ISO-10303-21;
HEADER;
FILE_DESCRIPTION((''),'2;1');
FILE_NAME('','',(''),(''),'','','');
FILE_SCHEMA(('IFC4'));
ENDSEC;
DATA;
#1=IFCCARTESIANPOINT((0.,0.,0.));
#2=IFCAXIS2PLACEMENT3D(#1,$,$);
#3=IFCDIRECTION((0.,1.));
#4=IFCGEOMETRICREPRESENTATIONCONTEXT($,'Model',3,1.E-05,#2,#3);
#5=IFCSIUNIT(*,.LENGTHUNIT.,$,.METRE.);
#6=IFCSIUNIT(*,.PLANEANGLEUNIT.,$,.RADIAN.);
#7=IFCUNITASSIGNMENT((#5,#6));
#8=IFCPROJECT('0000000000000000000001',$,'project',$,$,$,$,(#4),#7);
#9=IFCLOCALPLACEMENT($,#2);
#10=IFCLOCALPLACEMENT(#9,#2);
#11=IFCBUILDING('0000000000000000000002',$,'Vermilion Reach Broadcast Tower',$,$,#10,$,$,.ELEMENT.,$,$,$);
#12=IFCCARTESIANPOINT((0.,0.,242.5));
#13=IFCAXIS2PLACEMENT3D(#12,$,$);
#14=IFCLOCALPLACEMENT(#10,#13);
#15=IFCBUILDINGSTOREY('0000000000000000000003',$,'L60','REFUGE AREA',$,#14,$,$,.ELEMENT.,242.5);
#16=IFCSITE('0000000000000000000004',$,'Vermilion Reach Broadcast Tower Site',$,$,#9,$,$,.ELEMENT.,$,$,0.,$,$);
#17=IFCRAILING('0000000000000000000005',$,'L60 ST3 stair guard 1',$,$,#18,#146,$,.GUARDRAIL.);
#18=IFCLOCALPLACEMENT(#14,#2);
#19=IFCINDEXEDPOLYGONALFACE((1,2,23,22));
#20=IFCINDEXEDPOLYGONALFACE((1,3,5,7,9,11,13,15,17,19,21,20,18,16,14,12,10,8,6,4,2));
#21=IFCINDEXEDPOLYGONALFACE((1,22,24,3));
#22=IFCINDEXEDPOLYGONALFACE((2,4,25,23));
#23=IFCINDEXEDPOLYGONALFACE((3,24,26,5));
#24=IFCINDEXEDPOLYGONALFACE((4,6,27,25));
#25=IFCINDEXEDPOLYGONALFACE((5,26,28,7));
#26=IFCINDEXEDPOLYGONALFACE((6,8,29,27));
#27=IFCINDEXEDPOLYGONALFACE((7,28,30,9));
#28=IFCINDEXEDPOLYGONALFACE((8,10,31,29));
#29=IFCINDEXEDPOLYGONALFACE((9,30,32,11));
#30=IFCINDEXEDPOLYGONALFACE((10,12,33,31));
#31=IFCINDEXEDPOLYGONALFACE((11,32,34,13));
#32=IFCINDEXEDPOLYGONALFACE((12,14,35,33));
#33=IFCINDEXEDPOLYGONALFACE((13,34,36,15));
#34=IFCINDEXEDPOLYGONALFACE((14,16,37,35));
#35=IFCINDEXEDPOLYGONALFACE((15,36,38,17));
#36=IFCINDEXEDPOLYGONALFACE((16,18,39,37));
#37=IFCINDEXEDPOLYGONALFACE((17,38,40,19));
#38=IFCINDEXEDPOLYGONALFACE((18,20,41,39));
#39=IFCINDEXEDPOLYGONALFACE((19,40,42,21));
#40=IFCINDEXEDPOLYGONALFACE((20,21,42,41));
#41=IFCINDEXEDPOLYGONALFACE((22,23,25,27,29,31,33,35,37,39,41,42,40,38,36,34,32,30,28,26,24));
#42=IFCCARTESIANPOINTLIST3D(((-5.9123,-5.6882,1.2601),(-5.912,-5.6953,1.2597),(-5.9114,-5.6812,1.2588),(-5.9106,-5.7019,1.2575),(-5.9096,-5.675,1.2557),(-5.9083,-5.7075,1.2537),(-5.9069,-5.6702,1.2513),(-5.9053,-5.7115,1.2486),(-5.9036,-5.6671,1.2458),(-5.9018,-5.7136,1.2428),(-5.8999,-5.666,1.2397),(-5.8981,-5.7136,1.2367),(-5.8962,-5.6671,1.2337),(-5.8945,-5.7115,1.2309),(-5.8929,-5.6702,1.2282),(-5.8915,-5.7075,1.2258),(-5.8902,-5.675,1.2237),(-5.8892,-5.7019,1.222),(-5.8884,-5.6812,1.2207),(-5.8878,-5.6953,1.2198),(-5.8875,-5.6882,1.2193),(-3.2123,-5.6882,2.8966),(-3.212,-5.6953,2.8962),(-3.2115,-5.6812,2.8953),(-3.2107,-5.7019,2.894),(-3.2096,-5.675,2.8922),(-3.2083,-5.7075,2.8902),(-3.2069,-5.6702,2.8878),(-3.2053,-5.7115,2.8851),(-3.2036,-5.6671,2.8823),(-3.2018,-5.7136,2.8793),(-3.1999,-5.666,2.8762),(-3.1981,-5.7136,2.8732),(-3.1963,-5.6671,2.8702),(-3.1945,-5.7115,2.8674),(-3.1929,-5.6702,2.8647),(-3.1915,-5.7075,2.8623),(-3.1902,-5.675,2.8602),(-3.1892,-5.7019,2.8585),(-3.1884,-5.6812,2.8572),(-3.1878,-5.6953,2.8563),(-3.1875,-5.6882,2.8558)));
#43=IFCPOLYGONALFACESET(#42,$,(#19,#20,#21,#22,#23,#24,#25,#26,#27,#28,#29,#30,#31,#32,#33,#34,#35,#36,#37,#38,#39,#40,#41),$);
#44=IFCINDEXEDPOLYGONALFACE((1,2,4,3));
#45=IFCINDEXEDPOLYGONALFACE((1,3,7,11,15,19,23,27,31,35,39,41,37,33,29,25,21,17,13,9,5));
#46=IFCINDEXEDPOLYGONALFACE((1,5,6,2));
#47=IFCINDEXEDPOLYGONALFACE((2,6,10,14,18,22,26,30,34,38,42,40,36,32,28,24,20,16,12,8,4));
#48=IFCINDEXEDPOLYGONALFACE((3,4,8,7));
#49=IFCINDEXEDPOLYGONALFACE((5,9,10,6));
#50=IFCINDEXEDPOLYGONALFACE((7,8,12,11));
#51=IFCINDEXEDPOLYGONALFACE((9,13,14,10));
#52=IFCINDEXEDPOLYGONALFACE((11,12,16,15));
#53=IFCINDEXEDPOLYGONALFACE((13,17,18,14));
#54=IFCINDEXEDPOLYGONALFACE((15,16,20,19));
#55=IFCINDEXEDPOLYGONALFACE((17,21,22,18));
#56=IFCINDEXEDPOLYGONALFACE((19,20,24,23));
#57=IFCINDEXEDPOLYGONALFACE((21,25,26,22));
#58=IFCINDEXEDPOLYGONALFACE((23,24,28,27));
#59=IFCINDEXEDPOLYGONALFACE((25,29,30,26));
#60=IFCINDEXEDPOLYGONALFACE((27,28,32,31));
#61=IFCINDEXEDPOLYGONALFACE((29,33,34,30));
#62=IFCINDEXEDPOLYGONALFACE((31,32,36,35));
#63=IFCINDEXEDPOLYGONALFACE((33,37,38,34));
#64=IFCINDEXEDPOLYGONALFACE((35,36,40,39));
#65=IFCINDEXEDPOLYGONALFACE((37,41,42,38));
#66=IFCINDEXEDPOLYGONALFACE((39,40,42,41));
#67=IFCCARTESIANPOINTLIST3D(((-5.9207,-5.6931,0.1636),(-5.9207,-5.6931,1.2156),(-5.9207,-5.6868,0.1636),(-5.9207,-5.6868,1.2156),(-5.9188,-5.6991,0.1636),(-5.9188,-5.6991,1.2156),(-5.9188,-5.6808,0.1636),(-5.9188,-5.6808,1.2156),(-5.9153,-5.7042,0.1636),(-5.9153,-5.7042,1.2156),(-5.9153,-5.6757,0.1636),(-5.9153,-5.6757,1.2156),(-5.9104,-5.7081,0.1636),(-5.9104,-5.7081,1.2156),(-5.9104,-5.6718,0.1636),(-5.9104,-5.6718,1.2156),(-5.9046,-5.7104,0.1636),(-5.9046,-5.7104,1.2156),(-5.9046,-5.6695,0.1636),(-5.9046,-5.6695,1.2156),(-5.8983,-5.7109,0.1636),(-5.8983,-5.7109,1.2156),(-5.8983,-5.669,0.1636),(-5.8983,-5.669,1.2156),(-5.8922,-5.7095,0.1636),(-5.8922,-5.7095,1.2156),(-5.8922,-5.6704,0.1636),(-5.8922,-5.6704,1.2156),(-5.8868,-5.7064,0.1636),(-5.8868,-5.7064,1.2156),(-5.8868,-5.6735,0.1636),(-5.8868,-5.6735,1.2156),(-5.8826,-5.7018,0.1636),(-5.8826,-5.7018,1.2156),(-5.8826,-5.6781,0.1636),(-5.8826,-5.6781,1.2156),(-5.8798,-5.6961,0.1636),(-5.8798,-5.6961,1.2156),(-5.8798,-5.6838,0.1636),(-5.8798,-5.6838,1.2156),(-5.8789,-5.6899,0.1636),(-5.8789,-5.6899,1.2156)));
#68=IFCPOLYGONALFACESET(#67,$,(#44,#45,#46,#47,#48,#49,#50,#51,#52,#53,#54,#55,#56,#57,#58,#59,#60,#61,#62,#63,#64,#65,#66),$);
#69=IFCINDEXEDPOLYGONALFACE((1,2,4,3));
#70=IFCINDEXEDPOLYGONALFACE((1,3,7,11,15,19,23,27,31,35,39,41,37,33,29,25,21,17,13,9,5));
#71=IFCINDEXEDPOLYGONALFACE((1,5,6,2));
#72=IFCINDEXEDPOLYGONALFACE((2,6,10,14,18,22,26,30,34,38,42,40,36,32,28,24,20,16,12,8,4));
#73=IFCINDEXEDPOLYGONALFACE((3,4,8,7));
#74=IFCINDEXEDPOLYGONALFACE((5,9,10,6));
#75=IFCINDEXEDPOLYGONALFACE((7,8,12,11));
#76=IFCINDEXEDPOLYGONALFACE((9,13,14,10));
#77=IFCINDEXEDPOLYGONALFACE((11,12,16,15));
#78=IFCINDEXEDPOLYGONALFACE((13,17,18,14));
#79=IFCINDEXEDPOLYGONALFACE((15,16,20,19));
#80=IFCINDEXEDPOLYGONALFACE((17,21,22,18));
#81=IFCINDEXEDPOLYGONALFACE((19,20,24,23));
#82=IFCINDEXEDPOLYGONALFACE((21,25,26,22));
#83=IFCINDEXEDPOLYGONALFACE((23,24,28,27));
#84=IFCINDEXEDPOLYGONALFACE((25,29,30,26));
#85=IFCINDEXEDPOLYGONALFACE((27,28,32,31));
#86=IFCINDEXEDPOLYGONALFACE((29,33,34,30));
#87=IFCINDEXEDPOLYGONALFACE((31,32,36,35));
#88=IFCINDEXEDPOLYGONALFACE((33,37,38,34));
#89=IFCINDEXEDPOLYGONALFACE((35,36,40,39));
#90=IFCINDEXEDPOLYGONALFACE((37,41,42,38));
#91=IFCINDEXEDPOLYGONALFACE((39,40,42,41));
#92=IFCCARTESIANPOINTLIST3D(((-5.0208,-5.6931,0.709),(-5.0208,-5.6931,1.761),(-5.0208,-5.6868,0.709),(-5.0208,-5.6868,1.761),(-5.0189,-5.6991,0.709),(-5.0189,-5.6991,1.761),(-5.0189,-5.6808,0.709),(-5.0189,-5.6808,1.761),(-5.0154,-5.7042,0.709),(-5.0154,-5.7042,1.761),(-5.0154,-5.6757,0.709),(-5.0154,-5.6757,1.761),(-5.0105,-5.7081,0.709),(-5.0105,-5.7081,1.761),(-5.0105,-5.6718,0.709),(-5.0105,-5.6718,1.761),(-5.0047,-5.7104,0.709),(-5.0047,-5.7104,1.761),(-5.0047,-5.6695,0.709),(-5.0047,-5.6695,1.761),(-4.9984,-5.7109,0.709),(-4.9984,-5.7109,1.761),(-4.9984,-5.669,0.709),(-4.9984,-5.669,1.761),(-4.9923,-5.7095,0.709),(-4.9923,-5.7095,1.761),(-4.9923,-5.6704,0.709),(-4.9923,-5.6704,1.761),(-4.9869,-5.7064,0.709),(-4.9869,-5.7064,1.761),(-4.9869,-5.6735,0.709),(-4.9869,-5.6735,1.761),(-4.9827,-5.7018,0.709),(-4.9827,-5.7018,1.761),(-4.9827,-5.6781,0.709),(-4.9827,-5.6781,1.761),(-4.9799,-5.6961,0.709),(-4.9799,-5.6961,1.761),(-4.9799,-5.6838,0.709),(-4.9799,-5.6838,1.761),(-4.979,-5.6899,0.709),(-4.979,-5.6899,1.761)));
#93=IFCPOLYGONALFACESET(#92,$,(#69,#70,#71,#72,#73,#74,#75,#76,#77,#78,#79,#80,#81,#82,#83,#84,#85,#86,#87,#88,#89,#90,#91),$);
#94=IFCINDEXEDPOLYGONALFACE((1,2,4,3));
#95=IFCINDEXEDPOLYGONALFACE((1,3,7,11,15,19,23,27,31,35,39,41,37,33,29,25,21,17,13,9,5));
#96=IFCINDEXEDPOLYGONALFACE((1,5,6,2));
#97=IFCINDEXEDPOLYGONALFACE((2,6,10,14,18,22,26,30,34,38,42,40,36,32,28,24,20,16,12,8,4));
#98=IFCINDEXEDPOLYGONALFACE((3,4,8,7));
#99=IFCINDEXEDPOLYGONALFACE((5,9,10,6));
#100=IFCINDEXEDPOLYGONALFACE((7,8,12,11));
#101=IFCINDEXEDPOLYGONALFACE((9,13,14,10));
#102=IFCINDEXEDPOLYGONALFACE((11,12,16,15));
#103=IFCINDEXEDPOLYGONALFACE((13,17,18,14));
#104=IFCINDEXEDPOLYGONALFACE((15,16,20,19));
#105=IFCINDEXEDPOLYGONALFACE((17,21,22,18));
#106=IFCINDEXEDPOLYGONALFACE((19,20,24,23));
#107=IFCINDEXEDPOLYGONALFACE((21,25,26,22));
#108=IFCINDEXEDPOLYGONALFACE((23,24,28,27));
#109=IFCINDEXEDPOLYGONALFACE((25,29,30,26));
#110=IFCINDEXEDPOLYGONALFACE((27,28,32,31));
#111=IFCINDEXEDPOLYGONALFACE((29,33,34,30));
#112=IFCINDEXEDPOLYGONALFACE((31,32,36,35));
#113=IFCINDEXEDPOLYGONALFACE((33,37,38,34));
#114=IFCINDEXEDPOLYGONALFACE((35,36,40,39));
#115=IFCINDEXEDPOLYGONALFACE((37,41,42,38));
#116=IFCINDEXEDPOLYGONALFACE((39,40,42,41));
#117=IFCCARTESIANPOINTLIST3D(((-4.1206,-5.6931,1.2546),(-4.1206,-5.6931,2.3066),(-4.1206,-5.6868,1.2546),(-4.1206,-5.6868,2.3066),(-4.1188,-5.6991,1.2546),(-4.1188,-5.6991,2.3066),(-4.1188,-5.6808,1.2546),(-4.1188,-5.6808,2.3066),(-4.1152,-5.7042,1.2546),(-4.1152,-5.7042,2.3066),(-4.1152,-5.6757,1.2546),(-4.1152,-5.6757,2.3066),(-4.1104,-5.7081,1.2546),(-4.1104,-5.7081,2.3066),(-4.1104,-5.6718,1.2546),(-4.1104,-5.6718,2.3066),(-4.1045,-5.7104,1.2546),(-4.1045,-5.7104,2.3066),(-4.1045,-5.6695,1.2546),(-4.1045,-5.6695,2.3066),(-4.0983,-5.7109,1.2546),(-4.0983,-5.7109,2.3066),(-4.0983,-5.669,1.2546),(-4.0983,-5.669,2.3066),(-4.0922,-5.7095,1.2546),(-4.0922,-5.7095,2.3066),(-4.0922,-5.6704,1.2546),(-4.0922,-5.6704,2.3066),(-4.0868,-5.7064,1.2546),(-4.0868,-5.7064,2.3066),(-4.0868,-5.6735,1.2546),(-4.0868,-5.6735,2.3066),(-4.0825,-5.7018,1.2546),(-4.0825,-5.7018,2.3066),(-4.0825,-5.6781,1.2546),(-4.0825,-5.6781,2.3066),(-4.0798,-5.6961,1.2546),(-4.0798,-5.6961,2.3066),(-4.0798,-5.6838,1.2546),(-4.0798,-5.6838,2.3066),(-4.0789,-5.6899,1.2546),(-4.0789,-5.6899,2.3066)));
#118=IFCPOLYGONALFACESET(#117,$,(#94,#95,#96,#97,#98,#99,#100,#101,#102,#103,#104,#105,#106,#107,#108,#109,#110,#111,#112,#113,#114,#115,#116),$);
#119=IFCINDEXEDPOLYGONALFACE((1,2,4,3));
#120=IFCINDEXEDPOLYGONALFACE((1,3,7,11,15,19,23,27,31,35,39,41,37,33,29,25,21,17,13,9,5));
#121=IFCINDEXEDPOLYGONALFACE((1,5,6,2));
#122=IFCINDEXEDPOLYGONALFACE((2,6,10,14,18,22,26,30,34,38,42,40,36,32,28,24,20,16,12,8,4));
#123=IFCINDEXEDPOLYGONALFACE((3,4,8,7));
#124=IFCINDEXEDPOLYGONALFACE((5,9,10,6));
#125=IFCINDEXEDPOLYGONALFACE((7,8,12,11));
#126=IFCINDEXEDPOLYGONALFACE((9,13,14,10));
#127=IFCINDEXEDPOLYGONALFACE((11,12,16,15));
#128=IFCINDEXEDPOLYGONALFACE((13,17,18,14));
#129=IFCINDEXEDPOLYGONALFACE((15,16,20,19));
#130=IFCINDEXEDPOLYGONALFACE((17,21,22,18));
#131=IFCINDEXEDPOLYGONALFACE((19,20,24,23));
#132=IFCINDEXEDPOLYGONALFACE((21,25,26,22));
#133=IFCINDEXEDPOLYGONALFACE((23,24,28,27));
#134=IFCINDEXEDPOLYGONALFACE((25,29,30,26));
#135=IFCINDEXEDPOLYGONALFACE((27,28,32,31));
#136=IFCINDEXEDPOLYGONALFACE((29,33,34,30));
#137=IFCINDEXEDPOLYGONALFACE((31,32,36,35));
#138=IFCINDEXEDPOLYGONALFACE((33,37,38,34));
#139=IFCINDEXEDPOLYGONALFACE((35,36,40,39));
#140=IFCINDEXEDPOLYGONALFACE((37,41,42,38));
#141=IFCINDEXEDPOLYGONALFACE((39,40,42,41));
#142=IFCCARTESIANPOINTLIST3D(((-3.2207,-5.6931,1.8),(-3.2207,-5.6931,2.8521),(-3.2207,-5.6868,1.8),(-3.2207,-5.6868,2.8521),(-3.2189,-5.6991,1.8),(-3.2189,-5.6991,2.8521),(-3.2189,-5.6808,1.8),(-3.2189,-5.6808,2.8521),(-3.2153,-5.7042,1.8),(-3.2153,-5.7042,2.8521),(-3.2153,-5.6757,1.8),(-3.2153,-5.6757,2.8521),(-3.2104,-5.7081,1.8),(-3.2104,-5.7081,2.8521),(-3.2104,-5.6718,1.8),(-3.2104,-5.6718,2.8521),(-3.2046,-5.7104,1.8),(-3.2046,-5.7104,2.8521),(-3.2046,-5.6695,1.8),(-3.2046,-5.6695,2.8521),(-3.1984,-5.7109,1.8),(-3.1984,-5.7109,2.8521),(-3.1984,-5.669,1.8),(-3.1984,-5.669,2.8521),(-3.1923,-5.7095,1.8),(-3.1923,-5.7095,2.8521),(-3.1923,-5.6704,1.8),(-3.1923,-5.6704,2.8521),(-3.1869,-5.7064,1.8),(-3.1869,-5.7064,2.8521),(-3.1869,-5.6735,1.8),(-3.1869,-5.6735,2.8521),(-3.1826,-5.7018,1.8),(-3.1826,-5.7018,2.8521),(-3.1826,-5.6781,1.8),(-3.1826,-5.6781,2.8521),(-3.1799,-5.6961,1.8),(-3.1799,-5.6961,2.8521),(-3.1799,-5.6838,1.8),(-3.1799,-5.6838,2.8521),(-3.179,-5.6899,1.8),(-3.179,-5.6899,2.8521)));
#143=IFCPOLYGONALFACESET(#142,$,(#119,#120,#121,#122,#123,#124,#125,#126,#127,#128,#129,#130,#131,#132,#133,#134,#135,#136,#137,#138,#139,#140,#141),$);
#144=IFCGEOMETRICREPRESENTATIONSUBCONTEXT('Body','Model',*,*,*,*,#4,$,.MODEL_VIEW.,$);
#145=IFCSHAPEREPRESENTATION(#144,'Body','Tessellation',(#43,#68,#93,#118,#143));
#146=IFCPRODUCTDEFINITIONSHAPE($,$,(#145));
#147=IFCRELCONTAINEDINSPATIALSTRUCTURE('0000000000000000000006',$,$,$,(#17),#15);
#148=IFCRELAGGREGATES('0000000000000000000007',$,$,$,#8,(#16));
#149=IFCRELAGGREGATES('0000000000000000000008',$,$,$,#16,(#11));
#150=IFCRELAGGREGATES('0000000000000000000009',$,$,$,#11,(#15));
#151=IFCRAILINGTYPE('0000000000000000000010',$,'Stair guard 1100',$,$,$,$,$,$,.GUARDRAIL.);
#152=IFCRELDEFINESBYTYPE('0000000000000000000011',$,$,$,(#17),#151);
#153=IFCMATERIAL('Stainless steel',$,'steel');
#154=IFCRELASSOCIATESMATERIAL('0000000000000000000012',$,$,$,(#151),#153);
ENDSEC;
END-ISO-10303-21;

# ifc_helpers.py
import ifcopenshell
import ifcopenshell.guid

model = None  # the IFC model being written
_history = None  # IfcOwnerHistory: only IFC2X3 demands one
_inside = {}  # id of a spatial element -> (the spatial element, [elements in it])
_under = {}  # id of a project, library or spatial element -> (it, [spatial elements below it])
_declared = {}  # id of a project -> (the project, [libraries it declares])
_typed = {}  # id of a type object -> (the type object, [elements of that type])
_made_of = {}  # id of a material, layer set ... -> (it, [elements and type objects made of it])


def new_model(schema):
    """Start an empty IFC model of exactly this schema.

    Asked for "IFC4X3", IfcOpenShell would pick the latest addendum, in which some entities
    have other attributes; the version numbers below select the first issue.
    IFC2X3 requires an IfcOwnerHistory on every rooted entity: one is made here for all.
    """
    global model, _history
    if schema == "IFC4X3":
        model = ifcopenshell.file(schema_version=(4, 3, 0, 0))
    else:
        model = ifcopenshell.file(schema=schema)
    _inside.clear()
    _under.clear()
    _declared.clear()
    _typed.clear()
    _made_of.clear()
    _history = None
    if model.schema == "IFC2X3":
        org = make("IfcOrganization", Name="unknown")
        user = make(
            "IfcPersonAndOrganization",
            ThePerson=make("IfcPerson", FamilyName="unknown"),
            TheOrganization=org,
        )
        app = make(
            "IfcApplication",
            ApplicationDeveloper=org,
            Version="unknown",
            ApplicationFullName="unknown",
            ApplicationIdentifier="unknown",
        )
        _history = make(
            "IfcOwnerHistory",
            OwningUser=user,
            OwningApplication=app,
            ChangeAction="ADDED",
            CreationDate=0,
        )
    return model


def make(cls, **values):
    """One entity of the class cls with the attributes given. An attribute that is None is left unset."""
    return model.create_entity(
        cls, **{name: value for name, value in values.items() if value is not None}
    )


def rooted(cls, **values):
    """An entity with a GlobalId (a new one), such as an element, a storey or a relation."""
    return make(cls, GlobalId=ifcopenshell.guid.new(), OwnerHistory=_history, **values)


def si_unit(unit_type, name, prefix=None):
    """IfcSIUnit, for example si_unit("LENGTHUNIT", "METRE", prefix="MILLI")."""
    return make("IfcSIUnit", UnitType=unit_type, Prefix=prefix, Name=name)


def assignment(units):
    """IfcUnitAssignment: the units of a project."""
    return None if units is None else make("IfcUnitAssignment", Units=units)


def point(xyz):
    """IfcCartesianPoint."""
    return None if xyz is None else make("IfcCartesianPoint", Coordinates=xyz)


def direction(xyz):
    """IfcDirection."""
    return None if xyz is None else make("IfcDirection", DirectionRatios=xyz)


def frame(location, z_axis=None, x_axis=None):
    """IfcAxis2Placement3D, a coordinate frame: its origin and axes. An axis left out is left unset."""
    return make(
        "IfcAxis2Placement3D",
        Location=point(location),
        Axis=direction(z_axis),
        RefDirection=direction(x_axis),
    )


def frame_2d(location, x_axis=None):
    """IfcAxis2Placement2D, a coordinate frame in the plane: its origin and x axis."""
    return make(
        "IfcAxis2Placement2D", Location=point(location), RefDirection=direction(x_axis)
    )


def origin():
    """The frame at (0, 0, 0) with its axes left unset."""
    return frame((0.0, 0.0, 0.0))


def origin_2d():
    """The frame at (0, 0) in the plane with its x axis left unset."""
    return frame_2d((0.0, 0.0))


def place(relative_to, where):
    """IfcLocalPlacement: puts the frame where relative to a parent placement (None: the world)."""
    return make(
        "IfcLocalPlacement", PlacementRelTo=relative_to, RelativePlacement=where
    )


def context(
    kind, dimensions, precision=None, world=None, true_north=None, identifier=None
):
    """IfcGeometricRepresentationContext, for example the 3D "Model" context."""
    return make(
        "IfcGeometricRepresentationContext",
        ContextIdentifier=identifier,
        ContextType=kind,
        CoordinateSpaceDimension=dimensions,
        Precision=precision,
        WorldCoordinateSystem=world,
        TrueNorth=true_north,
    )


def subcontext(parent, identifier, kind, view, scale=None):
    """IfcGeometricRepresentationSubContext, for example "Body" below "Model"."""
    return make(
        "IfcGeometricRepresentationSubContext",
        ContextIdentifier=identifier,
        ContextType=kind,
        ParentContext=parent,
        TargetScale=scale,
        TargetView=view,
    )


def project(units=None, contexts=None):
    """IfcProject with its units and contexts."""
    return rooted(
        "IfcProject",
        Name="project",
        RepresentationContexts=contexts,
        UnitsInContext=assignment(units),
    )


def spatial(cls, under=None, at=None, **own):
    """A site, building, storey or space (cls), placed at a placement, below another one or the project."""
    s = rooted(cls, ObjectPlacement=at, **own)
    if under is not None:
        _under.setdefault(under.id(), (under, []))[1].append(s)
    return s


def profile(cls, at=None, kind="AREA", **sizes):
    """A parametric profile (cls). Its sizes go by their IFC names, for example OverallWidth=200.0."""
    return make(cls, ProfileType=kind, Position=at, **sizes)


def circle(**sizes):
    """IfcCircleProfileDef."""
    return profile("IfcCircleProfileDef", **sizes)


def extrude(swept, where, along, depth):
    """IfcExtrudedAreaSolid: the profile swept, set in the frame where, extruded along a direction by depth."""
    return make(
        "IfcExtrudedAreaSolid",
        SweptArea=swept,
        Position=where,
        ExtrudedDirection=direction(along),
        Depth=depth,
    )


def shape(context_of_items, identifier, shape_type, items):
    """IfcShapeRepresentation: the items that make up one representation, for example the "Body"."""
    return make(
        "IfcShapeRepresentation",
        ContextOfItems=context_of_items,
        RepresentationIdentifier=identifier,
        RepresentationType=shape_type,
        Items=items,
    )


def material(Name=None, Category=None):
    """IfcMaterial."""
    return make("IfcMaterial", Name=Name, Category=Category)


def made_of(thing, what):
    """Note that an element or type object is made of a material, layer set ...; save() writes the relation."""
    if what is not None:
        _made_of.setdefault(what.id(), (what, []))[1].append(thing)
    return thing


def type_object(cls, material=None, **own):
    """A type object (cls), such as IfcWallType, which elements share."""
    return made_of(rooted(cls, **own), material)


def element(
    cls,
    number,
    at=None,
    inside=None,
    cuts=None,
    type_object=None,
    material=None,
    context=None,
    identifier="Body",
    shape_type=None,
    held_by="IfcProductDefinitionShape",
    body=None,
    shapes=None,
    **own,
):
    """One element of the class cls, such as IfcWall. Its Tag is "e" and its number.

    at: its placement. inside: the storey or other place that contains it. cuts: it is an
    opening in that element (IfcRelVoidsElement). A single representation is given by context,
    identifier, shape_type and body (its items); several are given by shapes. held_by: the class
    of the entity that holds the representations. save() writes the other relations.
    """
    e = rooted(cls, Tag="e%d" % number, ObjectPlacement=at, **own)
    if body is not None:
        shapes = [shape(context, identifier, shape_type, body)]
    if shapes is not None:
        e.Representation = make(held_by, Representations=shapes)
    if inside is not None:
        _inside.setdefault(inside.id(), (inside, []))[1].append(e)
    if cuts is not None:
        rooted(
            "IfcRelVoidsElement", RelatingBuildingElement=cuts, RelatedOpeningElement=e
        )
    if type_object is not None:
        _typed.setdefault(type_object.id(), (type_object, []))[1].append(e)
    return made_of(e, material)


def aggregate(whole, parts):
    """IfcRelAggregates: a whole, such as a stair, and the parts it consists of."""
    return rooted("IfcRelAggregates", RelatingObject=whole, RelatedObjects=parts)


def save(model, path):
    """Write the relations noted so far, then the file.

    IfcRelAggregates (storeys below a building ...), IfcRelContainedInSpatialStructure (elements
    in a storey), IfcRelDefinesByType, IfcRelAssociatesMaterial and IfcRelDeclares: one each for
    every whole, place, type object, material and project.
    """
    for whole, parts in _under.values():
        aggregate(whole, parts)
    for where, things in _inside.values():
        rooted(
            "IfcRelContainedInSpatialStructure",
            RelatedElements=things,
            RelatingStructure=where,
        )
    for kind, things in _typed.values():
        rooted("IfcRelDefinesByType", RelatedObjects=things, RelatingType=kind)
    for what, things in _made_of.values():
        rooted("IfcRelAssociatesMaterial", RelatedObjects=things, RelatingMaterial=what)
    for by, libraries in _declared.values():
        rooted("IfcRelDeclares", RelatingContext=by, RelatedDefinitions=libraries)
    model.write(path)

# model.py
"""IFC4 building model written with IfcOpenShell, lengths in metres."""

from ifc_helpers import new_model, si_unit, direction, frame, origin, origin_2d, place, context, subcontext, project, spatial, circle, extrude, material, type_object, element, save


model = new_model("IFC4")

# Units and contexts
model_context = context("Model", 3, precision=1e-05, world=origin(), true_north=direction((0.0, 1.0)))
body_context = subcontext(model_context, "Body", "Model", "MODEL_VIEW")
ifc_project = project(units=[si_unit("LENGTHUNIT", "METRE"), si_unit("PLANEANGLEUNIT", "RADIAN")], contexts=[model_context])

# Site, building, storey
site_placement = place(None, origin())
site = spatial("IfcSite", under=ifc_project, at=site_placement, Name="Vermilion Reach Broadcast Tower Site", CompositionType="ELEMENT", RefElevation=0.0)
building_placement = place(site_placement, origin())
building = spatial("IfcBuilding", under=site, at=building_placement, Name="Vermilion Reach Broadcast Tower", CompositionType="ELEMENT")
storey_placement = place(building_placement, frame((0.0, 0.0, 242.5)))
storey = spatial("IfcBuildingStorey", under=building, at=storey_placement, Name="L60", Description="REFUGE AREA", CompositionType="ELEMENT", Elevation=242.5)

# Railing
ifc_material_1 = material(Name="Stainless steel", Category="steel")
railing_type_1 = type_object("IfcRailingType", Name="Stair guard 1100", PredefinedType="GUARDRAIL", material=ifc_material_1)
railing_1_placement = place(storey_placement, frame((-5.8999, -5.6899, 0.1636)))
element("IfcRailing", 1, at=railing_1_placement, inside=storey, type_object=railing_type_1, Name="L60 ST3 stair guard 1", PredefinedType="GUARDRAIL", context=body_context, shape_type="SweptSolid", body=[
    extrude(circle(Radius=0.0239, at=origin_2d()), frame((0.0, 0.0, 1.0762), z_axis=(0.855178, 0.0, 0.518334), x_axis=(0.0, 1.0, 0.0)), (0.0, 0.0, 1.0), 3.1572),
    extrude(circle(Radius=0.021, at=origin_2d()), origin(), (0.0, 0.0, 1.0), 1.052),
    extrude(circle(Radius=0.021, at=origin_2d()), frame((0.8999, 0.0, 0.5454)), (0.0, 0.0, 1.0), 1.052),
    extrude(circle(Radius=0.021, at=origin_2d()), frame((1.8, 0.0, 1.0911)), (0.0, 0.0, 1.0), 1.052),
    extrude(circle(Radius=0.021, at=origin_2d()), frame((2.7, 0.0, 1.6365)), (0.0, 0.0, 1.0), 1.052),
])

save(model, "model.ifc")
